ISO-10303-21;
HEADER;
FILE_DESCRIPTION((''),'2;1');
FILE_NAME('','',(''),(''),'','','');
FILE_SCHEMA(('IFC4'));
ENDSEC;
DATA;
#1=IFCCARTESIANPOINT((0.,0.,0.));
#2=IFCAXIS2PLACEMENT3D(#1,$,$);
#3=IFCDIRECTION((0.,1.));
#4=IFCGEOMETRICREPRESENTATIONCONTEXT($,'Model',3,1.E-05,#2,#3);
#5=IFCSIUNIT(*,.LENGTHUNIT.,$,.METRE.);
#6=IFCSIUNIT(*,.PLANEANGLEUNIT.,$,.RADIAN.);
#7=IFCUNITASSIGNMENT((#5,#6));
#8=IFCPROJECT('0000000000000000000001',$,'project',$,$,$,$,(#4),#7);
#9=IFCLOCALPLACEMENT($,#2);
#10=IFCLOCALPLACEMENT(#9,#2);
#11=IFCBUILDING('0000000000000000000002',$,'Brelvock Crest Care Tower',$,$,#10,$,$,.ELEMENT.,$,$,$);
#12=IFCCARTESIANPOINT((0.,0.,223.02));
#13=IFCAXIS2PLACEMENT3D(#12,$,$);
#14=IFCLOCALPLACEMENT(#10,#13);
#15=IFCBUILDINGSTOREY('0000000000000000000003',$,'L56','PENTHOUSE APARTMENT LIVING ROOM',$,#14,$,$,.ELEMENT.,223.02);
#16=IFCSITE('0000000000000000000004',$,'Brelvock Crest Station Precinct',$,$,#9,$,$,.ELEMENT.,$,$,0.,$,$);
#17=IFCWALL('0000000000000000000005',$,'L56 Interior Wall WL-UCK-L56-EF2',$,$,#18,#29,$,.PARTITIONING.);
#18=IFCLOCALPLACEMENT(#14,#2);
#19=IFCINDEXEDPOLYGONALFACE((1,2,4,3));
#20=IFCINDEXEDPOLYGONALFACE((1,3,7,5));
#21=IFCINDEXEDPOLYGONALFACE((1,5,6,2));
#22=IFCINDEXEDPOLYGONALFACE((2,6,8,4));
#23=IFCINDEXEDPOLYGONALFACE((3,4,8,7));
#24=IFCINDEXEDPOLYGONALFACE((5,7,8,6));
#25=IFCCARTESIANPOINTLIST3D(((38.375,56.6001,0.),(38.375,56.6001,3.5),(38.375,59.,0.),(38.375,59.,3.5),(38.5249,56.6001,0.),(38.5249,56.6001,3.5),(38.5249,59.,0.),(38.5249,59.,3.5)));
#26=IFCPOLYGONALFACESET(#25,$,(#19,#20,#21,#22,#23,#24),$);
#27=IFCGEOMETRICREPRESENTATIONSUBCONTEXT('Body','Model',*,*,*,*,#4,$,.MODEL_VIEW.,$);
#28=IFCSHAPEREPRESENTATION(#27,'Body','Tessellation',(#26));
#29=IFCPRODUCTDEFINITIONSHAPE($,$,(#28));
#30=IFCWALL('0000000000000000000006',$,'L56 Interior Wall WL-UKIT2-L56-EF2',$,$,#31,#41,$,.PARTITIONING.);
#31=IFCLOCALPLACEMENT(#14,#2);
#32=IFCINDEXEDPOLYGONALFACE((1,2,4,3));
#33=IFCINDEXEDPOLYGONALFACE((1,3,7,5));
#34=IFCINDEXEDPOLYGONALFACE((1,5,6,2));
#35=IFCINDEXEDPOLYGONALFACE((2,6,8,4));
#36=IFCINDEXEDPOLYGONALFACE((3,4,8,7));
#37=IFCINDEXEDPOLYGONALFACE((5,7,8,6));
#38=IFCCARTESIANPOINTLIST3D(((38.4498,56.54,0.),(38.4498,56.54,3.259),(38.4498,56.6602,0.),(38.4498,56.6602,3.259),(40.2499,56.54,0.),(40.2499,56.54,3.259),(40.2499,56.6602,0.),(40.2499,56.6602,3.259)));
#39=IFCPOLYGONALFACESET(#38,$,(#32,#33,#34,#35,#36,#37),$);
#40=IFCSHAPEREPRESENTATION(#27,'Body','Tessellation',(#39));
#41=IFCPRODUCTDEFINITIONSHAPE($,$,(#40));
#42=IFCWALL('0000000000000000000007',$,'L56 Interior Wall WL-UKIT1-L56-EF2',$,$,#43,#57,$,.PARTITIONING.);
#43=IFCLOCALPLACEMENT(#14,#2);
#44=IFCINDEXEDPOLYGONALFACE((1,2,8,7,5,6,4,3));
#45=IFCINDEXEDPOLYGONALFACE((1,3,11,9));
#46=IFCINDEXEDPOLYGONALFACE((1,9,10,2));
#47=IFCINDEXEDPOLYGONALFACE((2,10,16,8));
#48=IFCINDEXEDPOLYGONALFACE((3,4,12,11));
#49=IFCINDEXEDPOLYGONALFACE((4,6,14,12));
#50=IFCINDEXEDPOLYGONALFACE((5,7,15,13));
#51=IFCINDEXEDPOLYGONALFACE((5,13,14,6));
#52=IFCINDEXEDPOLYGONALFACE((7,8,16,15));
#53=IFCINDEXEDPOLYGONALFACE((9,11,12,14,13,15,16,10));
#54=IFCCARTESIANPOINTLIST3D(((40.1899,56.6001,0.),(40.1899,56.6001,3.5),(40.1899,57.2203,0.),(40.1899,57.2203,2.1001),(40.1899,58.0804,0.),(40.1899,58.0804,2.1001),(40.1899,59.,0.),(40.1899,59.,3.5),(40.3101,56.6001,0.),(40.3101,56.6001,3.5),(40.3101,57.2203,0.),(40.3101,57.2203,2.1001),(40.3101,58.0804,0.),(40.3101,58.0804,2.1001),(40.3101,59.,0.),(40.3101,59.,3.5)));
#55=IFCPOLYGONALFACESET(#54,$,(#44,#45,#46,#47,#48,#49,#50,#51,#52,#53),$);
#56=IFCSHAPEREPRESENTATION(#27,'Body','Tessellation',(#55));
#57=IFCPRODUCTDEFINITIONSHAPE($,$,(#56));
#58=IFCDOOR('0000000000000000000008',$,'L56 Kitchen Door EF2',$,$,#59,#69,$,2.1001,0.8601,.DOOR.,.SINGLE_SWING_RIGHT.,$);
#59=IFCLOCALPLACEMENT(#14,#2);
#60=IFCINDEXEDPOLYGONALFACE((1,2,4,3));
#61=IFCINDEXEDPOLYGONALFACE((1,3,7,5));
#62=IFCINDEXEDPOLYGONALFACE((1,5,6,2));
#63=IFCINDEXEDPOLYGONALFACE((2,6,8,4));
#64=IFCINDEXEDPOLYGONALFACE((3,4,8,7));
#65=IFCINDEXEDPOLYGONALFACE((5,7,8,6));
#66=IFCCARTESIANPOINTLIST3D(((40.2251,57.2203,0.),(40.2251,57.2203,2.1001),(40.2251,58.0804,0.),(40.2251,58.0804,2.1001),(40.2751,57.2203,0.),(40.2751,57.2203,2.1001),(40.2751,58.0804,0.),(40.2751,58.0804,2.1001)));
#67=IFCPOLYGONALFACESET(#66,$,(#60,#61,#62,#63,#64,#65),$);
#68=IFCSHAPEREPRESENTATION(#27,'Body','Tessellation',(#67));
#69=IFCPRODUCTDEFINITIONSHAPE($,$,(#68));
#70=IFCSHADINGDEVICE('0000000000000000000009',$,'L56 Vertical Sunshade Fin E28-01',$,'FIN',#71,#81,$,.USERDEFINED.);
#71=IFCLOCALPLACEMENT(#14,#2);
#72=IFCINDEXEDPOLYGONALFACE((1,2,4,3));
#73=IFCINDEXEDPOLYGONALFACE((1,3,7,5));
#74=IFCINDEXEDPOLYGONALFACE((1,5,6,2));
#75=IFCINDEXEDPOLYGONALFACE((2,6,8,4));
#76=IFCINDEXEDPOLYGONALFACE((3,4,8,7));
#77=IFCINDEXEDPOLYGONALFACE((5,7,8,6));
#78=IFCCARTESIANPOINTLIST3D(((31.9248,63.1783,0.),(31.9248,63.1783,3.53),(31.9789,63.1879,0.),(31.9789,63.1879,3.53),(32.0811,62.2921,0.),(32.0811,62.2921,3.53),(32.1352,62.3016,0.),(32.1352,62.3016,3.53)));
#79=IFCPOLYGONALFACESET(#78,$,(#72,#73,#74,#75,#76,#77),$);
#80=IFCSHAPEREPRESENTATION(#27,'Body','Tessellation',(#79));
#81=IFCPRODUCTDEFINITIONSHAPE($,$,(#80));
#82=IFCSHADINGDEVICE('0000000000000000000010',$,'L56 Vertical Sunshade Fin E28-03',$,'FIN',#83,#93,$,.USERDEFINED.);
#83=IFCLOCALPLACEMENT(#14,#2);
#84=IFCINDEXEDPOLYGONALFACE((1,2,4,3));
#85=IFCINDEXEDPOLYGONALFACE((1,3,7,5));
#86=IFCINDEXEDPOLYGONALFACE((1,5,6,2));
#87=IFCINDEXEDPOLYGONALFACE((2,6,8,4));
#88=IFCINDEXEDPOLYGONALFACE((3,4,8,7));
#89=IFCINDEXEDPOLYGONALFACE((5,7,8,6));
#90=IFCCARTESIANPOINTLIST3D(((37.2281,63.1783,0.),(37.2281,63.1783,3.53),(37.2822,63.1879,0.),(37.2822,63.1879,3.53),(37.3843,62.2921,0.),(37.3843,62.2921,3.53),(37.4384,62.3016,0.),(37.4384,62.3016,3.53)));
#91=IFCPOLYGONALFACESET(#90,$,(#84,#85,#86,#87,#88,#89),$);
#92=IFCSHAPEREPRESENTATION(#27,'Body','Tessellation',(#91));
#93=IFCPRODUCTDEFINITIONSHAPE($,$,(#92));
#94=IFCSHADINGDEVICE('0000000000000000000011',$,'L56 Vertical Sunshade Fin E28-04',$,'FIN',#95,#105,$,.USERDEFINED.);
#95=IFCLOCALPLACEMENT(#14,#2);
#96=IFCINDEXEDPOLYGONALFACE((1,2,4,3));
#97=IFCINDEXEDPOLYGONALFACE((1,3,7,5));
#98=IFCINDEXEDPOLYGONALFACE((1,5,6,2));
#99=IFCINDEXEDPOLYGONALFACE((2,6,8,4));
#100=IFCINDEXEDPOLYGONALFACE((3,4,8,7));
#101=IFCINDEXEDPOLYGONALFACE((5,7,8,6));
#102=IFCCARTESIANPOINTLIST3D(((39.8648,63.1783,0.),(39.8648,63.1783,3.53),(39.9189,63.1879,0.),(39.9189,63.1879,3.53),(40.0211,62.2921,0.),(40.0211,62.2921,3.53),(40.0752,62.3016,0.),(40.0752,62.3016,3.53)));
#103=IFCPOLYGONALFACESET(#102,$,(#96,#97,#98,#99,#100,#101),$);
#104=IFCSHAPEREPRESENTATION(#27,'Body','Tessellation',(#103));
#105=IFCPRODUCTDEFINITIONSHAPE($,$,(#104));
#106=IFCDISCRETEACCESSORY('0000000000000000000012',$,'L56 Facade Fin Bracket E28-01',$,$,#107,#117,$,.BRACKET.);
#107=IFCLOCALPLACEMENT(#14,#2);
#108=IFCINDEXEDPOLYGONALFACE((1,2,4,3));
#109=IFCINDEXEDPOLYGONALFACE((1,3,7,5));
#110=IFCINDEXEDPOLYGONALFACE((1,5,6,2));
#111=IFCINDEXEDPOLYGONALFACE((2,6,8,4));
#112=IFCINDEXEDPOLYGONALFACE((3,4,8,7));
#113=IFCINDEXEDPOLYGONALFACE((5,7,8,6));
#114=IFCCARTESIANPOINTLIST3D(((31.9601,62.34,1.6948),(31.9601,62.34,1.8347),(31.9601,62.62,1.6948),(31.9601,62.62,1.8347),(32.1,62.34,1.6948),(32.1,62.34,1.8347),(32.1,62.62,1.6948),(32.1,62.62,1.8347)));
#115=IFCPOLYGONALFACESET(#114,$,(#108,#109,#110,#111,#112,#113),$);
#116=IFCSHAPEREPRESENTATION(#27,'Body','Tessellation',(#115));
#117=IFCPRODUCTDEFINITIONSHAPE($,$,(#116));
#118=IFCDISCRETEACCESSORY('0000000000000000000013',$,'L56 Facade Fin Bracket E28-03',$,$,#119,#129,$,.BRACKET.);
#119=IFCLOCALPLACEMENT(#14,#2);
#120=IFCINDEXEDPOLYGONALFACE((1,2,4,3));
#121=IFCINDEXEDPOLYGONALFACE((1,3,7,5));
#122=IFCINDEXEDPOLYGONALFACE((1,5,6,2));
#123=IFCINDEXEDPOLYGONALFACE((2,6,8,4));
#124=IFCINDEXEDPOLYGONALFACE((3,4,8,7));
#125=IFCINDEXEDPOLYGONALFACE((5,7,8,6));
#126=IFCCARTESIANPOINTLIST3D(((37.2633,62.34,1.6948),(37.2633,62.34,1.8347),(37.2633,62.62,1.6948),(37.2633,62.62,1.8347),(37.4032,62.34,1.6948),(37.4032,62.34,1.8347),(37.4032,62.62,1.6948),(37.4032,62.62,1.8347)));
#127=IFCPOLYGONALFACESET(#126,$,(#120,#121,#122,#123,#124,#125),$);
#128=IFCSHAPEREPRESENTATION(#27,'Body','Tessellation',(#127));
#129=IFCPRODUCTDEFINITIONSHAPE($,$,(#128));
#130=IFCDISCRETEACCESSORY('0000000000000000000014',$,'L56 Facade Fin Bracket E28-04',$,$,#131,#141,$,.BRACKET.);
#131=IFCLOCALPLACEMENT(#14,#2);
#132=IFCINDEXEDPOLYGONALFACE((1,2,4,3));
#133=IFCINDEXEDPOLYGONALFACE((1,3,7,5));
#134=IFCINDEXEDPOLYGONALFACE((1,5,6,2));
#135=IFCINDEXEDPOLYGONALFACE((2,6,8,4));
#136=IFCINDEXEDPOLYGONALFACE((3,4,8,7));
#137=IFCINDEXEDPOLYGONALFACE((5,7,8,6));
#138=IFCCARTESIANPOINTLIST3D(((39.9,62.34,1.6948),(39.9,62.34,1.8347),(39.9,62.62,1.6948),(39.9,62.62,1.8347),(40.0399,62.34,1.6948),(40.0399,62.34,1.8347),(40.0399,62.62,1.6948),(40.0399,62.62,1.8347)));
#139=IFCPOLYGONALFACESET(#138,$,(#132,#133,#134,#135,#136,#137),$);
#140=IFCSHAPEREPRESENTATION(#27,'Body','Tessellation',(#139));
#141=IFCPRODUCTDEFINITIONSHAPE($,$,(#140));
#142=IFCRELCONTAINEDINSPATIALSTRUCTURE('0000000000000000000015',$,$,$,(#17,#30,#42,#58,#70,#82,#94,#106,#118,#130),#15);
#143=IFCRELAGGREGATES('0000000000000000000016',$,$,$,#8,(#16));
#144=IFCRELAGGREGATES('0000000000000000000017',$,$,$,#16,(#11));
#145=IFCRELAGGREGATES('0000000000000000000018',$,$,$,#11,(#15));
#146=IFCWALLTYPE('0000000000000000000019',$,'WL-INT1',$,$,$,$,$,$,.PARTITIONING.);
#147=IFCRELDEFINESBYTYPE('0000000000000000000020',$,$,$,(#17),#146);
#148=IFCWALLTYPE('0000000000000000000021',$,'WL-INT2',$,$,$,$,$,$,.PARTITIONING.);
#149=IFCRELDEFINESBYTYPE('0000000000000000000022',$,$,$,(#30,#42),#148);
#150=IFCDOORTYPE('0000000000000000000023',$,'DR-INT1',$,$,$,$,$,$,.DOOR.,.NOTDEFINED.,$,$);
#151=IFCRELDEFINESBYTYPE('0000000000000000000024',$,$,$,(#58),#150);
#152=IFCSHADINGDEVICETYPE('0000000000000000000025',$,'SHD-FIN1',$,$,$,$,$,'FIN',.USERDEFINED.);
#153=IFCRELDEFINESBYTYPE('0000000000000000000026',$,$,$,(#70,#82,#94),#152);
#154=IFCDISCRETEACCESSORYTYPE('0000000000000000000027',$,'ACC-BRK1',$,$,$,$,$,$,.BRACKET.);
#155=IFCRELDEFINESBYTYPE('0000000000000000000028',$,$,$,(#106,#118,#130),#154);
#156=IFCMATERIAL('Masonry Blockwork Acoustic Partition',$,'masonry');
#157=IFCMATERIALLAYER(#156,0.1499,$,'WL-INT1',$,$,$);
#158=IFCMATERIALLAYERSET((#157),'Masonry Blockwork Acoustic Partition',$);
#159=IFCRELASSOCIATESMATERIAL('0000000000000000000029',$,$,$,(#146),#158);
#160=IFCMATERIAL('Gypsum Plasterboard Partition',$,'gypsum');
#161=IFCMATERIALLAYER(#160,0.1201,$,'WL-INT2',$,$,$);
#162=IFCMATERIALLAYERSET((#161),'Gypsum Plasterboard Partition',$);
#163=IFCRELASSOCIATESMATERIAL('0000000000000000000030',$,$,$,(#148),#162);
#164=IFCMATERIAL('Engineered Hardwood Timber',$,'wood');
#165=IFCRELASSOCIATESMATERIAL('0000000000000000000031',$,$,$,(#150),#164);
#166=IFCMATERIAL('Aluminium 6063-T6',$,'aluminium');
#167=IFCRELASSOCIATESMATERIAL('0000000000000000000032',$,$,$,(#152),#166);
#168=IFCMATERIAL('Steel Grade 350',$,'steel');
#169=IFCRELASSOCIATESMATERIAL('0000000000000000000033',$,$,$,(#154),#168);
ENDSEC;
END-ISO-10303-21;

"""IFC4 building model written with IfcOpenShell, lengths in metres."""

from ifc_helpers import new_model, si_unit, direction, frame, frame_2d, origin, origin_2d, place, context, subcontext, project, spatial, rectangle, extrude, source, transform, mapped, material, layer, layer_set, material_profile, profile_set, type_object, element, fill, save


model = new_model("IFC4")

# Units and contexts
model_context = context("Model", 3, precision=1e-05, world=origin(), true_north=direction((0.0, 1.0)))
body_context = subcontext(model_context, "Body", "Model", "MODEL_VIEW")
ifc_project = project(units=[si_unit("LENGTHUNIT", "METRE"), si_unit("PLANEANGLEUNIT", "RADIAN")], contexts=[model_context])

# Site, building, storey
site_placement = place(None, origin())
site = spatial("IfcSite", under=ifc_project, at=site_placement, Name="Brelvock Crest Station Precinct", CompositionType="ELEMENT", RefElevation=0.0)
building_placement = place(site_placement, origin())
building = spatial("IfcBuilding", under=site, at=building_placement, Name="Brelvock Crest Care Tower", CompositionType="ELEMENT")
storey_placement = place(building_placement, frame((0.0, 0.0, 223.02)))
storey = spatial("IfcBuildingStorey", under=building, at=storey_placement, Name="L56", Description="PENTHOUSE APARTMENT LIVING ROOM", CompositionType="ELEMENT", Elevation=223.02)

# Shared definitions
ifc_material_1 = material(Name="Steel Grade 350", Category="steel")

# Shared definitions
ifc_material_2 = material(Name="Aluminium 6063-T6", Category="aluminium")

# Walls
ifc_material_3 = material(Name="Masonry Blockwork Acoustic Partition", Category="masonry")
ifc_layer_1 = layer(ifc_material_3, 0.1499, Name="WL-INT1")
ifc_layer_set_1 = layer_set([ifc_layer_1], Name="Masonry Blockwork Acoustic Partition")
wall_type_1 = type_object("IfcWallType", Name="WL-INT1", PredefinedType="PARTITIONING", material=ifc_layer_set_1)
for number, where, z_axis, x_axis, name in (
    (1, (38.45, 56.6001, 0.0), (0.0, 0.0, 1.0), (0.0, 1.0, 0.0), "L56 Interior Wall WL-UCK-L56-EF2"),
):
    element("IfcWall", number, at=place(storey_placement, frame(where, z_axis=z_axis, x_axis=x_axis)), inside=storey, type_object=wall_type_1, Name=name, PredefinedType="PARTITIONING", context=body_context, shape_type="SweptSolid", body=[
        extrude(rectangle(XDim=2.3999, YDim=0.1499, at=frame_2d((1.2, 0.0))), origin(), (0.0, 0.0, 1.0), 3.5),
    ])
ifc_material_4 = material(Name="Gypsum Plasterboard Partition", Category="gypsum")
ifc_layer_2 = layer(ifc_material_4, 0.1201, Name="WL-INT2")
ifc_layer_set_2 = layer_set([ifc_layer_2], Name="Gypsum Plasterboard Partition")
wall_type_2 = type_object("IfcWallType", Name="WL-INT2", PredefinedType="PARTITIONING", material=ifc_layer_set_2)
wall_1_placement = place(storey_placement, frame((38.45, 56.6001, 0.0), z_axis=(0.0, 0.0, 1.0), x_axis=(1.0, 0.0, 0.0)))
element("IfcWall", 2, at=wall_1_placement, inside=storey, type_object=wall_type_2, Name="L56 Interior Wall WL-UKIT2-L56-EF2", PredefinedType="PARTITIONING", context=body_context, shape_type="SweptSolid", body=[
    extrude(rectangle(XDim=1.8, YDim=0.1201, at=frame_2d((0.8999, 0.0))), origin(), (0.0, 0.0, 1.0), 3.259),
])

# Wall, opening, door
wall_2_placement = place(storey_placement, frame((40.25, 56.6001, 0.0), z_axis=(0.0, 0.0, 1.0), x_axis=(0.0, 1.0, 0.0)))
wall_2 = element("IfcWall", 3, at=wall_2_placement, inside=storey, type_object=wall_type_2, Name="L56 Interior Wall WL-UKIT1-L56-EF2", PredefinedType="PARTITIONING", context=body_context, shape_type="SweptSolid", body=[
    extrude(rectangle(XDim=2.3999, YDim=0.1201, at=frame_2d((1.2, 0.0))), origin(), (0.0, 0.0, 1.0), 3.5),
])
opening_placement = place(wall_2_placement, frame((0.6201, 0.0, 0.0)))
opening = element("IfcOpeningElement", 4, at=opening_placement, cuts=wall_2, PredefinedType="OPENING", context=body_context, shape_type="SweptSolid", body=[
    extrude(rectangle(XDim=0.8601, YDim=2.1001, at=origin_2d()), frame((0.4302, 0.0701, 1.05), z_axis=(0.0, -1.0, 0.0), x_axis=(1.0, 0.0, 0.0)), (0.0, 0.0, 1.0), 0.1401),
])
ifc_material_5 = material(Name="Engineered Hardwood Timber", Category="wood")
door_type = type_object("IfcDoorType", Name="DR-INT1", OperationType="NOTDEFINED", PredefinedType="DOOR", material=ifc_material_5)
shared_shape_1 = source(origin(), body_context, "Body", "SweptSolid", [
    extrude(rectangle(XDim=0.8601, YDim=2.1001, at=origin_2d()), frame((0.4302, 0.0249, 1.05), z_axis=(0.0, -1.0, 0.0), x_axis=(1.0, 0.0, 0.0)), (0.0, 0.0, 1.0), 0.05),
])
door_placement = place(opening_placement, origin())
door = element("IfcDoor", 5, at=door_placement, inside=storey, type_object=door_type, Name="L56 Kitchen Door EF2", OperationType="SINGLE_SWING_RIGHT", OverallHeight=2.1001, OverallWidth=0.8601, PredefinedType="DOOR", context=body_context, shape_type="MappedRepresentation", body=[
    mapped(shared_shape_1, transform((0.0, 0.0, 0.0), x_axis=(1.0, 0.0, 0.0), y_axis=(0.0, 1.0, 0.0), z_axis=(0.0, 0.0, 1.0), scale=1.0)),
])
fill(opening, door)

# Shading devices
ifc_material_profile_1 = material_profile(ifc_material_2, rectangle(XDim=0.0549, YDim=0.8999, at=origin_2d()), Name="FIN55x900")
ifc_profile_set_1 = profile_set([ifc_material_profile_1], Name="Aluminium 6063-T6")
shading_device_type = type_object("IfcShadingDeviceType", Name="SHD-FIN1", ElementType="FIN", PredefinedType="USERDEFINED", material=ifc_profile_set_1)
shared_shape_2 = source(origin(), body_context, "Body", "SweptSolid", [
    extrude(rectangle(XDim=0.0549, YDim=0.8999, at=origin_2d()), origin(), (0.0, 0.0, 1.0), 3.53),
])
for number, where, z_axis, x_axis, name in (
    (6, (32.03, 62.74, 0.0), (0.0, 0.0, 1.0), (0.984808, 0.173648, 0.0), "L56 Vertical Sunshade Fin E28-01"),
    (7, (37.3333, 62.74, 0.0), (0.0, 0.0, 1.0), (0.984808, 0.173648, 0.0), "L56 Vertical Sunshade Fin E28-03"),
    (8, (39.97, 62.74, 0.0), (0.0, 0.0, 1.0), (0.984808, 0.173648, 0.0), "L56 Vertical Sunshade Fin E28-04"),
):
    element("IfcShadingDevice", number, at=place(storey_placement, frame(where, z_axis=z_axis, x_axis=x_axis)), inside=storey, type_object=shading_device_type, Name=name, ObjectType="FIN", PredefinedType="USERDEFINED", context=body_context, shape_type="MappedRepresentation", body=[
        mapped(shared_shape_2, transform((0.0, 0.0, 0.0), x_axis=(1.0, 0.0, 0.0), y_axis=(0.0, 1.0, 0.0), z_axis=(0.0, 0.0, 1.0), scale=1.0)),
    ])

# Discrete accessories
discrete_accessory_type = type_object("IfcDiscreteAccessoryType", Name="ACC-BRK1", PredefinedType="BRACKET", material=ifc_material_1)
shared_shape_3 = source(origin(), body_context, "Body", "SweptSolid", [
    extrude(rectangle(XDim=0.28, YDim=0.1399, at=origin_2d()), origin(), (0.0, 0.0, 1.0), 0.1399),
])
for number, where, z_axis, x_axis, name in (
    (9, (32.03, 62.48, 1.6948), (0.0, 0.0, 1.0), (0.0, 1.0, 0.0), "L56 Facade Fin Bracket E28-01"),
    (10, (37.3333, 62.48, 1.6948), (0.0, 0.0, 1.0), (0.0, 1.0, 0.0), "L56 Facade Fin Bracket E28-03"),
    (11, (39.97, 62.48, 1.6948), (0.0, 0.0, 1.0), (0.0, 1.0, 0.0), "L56 Facade Fin Bracket E28-04"),
):
    element("IfcDiscreteAccessory", number, at=place(storey_placement, frame(where, z_axis=z_axis, x_axis=x_axis)), inside=storey, type_object=discrete_accessory_type, Name=name, PredefinedType="BRACKET", context=body_context, shape_type="MappedRepresentation", body=[
        mapped(shared_shape_3, transform((0.0, 0.0, 0.0), x_axis=(1.0, 0.0, 0.0), y_axis=(0.0, 1.0, 0.0), z_axis=(0.0, 0.0, 1.0), scale=1.0)),
    ])

save(model, "model.ifc")
